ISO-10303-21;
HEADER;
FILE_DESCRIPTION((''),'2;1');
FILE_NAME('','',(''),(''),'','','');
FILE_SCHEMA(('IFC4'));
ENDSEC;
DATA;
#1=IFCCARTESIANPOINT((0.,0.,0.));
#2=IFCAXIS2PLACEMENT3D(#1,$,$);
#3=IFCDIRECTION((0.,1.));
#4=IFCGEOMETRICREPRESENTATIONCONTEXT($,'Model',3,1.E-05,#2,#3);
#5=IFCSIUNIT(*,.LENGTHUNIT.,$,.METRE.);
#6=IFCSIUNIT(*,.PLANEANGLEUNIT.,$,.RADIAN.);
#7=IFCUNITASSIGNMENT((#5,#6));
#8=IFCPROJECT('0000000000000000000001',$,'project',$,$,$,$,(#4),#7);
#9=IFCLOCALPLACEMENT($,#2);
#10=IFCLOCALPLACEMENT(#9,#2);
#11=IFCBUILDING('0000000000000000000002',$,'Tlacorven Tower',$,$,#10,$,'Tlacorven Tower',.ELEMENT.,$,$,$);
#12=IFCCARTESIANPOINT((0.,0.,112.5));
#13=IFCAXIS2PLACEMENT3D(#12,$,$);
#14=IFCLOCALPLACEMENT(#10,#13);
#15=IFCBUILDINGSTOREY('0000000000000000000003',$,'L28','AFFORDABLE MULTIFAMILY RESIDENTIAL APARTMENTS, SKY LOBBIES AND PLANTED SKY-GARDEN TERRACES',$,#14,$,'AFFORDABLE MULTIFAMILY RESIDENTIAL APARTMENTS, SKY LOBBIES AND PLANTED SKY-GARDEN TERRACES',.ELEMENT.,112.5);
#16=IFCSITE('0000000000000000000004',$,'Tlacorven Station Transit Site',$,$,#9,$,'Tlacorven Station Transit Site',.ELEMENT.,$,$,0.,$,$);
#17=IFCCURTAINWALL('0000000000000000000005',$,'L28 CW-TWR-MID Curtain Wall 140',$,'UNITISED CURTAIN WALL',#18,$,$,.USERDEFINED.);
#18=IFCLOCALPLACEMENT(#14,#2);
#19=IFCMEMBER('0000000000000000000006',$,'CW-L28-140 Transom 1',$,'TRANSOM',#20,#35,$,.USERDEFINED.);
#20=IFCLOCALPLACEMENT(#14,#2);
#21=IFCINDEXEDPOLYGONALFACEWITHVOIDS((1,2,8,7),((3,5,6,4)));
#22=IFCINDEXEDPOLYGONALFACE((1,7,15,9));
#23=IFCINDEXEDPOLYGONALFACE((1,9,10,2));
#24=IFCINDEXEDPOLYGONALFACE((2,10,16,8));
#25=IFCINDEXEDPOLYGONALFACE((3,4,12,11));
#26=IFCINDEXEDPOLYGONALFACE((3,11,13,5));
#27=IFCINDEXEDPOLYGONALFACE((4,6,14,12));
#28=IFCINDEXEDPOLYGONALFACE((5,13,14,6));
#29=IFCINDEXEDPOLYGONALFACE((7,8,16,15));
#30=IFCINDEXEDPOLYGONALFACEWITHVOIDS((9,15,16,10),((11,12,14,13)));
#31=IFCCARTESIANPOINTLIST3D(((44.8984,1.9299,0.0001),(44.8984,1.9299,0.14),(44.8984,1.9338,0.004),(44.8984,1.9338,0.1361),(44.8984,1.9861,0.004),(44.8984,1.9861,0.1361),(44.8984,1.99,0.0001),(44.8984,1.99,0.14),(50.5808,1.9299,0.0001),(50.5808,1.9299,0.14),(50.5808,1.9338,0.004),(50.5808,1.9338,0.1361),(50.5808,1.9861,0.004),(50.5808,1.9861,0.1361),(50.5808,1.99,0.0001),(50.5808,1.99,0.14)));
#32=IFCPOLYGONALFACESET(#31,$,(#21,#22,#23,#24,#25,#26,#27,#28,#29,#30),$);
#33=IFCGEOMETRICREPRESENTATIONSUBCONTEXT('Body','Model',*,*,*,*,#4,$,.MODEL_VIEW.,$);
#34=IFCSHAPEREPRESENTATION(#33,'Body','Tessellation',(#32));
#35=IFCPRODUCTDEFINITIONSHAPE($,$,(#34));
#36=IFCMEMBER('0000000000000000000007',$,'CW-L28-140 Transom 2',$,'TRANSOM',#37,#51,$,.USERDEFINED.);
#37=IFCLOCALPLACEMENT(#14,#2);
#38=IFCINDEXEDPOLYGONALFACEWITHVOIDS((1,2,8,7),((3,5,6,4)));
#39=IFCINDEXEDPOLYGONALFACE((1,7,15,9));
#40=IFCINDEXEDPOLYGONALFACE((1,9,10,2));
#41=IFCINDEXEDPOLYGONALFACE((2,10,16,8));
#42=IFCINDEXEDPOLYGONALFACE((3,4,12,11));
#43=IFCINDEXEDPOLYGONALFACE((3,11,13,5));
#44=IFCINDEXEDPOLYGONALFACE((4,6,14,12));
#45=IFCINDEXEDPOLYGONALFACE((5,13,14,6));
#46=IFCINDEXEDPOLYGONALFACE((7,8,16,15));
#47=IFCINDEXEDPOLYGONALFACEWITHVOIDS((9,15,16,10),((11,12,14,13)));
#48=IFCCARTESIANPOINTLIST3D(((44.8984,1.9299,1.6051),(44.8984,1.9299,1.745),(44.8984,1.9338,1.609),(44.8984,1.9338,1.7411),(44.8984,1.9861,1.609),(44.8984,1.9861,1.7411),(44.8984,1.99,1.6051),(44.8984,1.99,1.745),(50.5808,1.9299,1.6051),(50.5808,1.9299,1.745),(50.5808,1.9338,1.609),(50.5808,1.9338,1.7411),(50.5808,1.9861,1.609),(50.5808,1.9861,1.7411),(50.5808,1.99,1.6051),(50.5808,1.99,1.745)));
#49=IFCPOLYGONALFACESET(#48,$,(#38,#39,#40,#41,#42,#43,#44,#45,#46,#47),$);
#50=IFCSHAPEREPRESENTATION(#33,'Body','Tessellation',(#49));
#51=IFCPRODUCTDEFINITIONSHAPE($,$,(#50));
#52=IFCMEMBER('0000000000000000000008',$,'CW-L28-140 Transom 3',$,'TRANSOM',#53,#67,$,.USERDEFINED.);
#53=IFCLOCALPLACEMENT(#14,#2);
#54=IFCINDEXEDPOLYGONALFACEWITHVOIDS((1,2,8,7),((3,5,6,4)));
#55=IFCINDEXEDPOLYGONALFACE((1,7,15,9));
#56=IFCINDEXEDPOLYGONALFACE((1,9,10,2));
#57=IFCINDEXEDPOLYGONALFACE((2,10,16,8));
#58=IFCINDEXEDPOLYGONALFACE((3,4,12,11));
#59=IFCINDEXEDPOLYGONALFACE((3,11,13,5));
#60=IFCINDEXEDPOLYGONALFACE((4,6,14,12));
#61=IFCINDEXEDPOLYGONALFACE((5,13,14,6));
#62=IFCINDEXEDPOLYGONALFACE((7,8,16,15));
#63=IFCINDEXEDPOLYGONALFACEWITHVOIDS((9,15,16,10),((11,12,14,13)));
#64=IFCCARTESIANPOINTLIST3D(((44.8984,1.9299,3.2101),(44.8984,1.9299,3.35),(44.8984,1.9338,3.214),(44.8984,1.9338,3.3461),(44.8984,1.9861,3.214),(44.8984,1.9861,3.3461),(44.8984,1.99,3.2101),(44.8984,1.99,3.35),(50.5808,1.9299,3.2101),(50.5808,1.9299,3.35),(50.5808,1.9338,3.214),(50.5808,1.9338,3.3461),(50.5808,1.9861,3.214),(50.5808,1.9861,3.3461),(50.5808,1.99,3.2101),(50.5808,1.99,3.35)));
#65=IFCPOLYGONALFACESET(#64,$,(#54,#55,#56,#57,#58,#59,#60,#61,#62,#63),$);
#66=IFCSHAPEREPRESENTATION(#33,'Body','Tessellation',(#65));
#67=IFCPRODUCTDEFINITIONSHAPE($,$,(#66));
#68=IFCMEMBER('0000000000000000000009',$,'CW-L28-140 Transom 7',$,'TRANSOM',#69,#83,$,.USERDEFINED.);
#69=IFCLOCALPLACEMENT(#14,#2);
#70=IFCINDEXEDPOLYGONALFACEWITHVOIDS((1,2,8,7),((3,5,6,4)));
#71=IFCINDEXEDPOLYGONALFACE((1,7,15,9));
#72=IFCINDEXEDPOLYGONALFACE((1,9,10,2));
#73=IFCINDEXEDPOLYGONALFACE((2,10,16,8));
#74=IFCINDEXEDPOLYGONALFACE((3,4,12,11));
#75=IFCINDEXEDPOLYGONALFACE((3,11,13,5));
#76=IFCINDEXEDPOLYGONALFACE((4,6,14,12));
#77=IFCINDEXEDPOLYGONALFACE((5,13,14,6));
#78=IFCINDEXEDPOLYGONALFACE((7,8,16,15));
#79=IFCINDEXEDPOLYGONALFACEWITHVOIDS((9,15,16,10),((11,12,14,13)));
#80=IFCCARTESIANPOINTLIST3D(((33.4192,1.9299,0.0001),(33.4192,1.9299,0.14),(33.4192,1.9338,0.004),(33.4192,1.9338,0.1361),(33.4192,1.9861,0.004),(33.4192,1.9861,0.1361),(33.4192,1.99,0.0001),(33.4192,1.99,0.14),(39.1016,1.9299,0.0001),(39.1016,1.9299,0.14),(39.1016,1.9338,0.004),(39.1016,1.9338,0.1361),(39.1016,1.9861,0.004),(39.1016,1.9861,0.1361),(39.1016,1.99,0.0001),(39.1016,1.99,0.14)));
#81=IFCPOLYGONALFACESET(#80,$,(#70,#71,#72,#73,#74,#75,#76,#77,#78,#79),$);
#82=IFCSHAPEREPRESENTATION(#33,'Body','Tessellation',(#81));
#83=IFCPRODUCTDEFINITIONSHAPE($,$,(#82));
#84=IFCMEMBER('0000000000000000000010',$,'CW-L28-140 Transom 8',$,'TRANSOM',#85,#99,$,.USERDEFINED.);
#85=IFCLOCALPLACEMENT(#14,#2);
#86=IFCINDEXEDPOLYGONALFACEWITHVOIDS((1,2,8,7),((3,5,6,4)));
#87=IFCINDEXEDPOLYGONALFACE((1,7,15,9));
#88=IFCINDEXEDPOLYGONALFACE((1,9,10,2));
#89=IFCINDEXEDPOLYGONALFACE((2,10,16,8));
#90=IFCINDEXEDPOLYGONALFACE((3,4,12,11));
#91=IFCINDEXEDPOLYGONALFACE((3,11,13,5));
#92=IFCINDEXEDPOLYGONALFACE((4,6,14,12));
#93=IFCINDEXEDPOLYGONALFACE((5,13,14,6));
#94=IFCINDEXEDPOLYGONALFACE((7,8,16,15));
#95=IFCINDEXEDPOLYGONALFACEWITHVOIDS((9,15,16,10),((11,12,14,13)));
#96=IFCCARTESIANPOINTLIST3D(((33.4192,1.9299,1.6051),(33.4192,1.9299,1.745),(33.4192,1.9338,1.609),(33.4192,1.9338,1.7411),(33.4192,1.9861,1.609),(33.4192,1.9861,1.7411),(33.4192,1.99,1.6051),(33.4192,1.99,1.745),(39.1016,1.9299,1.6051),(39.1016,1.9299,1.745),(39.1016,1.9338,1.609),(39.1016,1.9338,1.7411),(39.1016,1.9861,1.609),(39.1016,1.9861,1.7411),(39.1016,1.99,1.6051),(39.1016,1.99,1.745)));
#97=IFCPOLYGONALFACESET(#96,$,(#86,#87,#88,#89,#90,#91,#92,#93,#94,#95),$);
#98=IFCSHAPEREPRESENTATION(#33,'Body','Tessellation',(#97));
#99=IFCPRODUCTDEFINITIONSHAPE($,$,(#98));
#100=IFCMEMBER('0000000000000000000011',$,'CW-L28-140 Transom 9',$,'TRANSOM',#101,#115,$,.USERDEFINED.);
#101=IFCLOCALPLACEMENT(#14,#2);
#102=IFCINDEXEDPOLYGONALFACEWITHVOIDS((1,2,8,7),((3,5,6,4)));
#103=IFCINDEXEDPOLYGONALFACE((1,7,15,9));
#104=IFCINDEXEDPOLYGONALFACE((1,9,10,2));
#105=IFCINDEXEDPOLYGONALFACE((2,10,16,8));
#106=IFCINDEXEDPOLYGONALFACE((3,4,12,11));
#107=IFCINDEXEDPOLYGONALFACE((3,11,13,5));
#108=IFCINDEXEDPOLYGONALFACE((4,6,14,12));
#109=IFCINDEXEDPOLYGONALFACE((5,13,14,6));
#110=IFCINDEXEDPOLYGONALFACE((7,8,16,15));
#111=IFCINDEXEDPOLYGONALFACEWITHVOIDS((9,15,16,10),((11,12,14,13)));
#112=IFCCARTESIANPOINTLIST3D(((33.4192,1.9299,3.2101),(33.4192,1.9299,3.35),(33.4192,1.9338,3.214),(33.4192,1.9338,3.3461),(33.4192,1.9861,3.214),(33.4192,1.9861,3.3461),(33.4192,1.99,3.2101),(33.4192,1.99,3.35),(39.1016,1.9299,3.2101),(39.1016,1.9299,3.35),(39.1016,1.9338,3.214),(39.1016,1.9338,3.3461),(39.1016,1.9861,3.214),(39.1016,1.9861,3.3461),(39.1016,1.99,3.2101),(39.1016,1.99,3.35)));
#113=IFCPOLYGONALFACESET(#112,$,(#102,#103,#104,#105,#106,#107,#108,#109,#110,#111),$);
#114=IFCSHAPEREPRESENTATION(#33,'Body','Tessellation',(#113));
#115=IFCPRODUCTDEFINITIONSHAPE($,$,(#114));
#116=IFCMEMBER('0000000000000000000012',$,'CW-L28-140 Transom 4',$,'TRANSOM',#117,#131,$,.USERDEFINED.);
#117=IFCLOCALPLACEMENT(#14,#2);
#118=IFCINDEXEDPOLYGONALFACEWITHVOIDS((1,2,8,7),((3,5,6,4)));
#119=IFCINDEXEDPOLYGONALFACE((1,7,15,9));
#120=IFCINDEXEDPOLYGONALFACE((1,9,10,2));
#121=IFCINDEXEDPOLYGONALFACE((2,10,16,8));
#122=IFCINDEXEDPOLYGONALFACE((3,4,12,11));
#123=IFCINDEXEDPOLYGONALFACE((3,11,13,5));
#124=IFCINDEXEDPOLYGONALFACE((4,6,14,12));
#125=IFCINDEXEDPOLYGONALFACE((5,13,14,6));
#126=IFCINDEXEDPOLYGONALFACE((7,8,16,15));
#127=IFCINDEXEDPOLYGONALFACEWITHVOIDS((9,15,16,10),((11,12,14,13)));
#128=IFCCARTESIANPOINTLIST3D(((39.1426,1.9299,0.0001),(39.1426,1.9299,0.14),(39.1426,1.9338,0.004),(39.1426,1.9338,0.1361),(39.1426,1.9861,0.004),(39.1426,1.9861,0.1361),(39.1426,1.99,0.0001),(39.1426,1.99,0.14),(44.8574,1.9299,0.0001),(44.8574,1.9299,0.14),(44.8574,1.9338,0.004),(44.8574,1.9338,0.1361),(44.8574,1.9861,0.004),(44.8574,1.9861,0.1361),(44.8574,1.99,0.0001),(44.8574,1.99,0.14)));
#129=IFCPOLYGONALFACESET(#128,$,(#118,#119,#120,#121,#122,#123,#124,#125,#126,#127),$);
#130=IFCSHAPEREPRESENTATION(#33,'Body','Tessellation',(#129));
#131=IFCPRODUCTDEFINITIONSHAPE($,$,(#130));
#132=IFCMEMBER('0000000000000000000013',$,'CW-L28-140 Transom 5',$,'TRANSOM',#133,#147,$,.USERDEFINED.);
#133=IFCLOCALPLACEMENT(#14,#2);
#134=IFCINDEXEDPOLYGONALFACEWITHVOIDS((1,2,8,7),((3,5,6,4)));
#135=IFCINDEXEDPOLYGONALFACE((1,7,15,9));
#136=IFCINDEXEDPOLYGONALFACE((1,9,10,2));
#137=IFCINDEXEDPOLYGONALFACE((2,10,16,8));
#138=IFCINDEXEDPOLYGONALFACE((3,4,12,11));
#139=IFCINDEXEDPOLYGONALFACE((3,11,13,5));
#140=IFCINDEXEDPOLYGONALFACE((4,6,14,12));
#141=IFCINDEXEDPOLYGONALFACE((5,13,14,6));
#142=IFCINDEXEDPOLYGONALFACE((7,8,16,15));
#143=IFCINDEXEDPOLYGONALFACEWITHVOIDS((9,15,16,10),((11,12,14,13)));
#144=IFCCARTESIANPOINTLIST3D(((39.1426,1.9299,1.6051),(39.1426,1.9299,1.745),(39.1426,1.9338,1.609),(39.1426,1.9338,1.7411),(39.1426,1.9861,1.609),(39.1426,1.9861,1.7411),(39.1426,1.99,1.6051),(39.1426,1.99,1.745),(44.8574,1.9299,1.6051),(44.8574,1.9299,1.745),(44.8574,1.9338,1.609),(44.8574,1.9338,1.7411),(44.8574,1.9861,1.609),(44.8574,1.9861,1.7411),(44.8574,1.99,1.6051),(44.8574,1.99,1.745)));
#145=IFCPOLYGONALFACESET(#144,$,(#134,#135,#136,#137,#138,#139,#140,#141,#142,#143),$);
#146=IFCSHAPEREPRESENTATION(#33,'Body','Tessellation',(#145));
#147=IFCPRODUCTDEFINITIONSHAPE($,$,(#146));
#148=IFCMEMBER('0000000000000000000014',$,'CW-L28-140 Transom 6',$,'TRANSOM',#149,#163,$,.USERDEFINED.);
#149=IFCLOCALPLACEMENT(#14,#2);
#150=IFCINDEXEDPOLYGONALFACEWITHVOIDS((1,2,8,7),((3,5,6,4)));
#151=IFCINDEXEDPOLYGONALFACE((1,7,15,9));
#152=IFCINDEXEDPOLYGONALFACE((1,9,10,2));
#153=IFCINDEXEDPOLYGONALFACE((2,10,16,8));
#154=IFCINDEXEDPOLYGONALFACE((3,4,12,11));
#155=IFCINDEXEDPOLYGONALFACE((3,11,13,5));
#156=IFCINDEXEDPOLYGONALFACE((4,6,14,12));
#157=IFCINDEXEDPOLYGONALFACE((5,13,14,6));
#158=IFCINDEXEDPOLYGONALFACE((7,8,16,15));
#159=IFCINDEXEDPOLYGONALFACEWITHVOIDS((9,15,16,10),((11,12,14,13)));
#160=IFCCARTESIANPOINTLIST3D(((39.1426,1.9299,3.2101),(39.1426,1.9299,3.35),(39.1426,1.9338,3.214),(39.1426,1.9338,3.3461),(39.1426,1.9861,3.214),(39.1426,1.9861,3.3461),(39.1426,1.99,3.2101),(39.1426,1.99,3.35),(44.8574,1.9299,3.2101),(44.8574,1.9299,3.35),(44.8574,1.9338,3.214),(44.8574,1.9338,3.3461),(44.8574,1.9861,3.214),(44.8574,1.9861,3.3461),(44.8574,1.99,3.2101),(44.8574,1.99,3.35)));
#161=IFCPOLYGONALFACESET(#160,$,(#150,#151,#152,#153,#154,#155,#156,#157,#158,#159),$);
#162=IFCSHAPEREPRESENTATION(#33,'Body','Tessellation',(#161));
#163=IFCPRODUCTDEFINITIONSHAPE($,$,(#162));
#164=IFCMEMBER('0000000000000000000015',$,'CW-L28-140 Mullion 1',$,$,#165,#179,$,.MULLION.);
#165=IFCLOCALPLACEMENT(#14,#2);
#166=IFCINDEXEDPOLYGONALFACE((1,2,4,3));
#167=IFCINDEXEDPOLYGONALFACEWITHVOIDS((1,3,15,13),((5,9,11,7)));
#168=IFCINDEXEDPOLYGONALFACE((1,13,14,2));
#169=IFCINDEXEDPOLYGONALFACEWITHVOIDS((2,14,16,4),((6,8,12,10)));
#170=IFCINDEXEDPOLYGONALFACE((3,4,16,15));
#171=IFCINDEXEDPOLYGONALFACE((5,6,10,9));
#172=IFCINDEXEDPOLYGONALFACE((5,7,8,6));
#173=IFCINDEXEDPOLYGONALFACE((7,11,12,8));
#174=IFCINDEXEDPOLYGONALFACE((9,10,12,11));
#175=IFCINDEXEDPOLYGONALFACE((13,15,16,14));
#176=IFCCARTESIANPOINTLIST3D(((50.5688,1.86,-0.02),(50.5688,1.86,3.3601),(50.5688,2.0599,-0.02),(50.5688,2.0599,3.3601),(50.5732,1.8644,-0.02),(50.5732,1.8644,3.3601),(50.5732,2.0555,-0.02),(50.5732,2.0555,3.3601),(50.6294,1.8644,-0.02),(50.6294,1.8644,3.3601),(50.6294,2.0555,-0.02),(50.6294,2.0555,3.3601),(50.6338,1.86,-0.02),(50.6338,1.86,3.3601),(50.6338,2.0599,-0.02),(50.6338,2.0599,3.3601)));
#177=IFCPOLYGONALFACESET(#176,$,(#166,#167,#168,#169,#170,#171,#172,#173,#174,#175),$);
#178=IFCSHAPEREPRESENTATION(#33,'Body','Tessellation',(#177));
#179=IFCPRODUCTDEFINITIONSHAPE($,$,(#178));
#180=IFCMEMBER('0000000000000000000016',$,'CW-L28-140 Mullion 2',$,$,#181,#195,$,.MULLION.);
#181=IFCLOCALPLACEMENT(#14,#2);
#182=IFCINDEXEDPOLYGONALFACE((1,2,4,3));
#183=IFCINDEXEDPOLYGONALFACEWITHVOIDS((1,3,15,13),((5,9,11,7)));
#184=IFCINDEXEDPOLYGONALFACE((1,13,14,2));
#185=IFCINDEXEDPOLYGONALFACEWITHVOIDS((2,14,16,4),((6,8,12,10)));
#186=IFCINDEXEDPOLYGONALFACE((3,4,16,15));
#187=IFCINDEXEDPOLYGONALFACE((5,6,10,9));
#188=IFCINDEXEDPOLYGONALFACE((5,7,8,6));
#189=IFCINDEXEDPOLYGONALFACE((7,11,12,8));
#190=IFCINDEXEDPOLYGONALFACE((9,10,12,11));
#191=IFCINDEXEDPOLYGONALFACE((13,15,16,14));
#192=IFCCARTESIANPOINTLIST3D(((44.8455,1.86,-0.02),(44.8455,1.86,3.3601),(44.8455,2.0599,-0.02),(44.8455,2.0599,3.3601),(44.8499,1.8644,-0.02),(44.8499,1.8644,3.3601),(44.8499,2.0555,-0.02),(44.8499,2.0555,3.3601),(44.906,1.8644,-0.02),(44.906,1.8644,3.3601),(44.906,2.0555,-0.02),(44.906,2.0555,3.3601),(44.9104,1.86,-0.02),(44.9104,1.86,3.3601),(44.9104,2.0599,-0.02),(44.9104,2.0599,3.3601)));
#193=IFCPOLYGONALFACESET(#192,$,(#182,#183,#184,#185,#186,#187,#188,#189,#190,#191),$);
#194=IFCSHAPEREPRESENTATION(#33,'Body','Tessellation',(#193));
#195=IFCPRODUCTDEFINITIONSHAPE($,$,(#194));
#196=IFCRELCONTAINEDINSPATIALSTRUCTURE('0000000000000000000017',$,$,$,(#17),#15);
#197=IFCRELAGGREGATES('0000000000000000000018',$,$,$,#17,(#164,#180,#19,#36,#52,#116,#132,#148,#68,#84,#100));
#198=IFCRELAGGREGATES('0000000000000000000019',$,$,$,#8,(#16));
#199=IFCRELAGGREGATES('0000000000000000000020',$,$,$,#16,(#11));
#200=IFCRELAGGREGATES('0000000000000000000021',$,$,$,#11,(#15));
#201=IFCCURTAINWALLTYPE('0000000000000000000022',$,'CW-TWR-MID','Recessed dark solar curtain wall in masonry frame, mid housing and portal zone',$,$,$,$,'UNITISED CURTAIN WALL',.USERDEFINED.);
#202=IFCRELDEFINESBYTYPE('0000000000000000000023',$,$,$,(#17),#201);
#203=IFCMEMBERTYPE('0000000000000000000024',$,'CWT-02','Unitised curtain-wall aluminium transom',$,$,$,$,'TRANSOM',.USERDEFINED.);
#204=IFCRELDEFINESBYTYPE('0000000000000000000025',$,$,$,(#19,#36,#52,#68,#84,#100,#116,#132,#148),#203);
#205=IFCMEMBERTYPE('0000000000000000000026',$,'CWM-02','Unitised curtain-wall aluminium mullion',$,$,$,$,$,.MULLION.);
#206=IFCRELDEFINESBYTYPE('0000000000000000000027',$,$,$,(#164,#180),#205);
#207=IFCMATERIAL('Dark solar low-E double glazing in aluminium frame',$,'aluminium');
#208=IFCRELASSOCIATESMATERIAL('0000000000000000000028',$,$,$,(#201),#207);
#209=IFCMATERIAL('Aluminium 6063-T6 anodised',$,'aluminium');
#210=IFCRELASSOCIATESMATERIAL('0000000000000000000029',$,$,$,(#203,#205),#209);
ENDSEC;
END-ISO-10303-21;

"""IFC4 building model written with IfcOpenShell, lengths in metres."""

from ifc_helpers import new_model, si_unit, direction, frame, origin, origin_2d, place, context, subcontext, project, spatial, hollow_rectangle, extrude, source, transform, mapped, material, material_profile, profile_set, type_object, element, aggregate, save


model = new_model("IFC4")

# Units and contexts
model_context = context("Model", 3, precision=1e-05, world=origin(), true_north=direction((0.0, 1.0)))
body_context = subcontext(model_context, "Body", "Model", "MODEL_VIEW")
ifc_project = project(units=[si_unit("LENGTHUNIT", "METRE"), si_unit("PLANEANGLEUNIT", "RADIAN")], contexts=[model_context])

# Site, building, storey
site_placement = place(None, origin())
site = spatial("IfcSite", under=ifc_project, at=site_placement, Name="Tlacorven Station Transit Site", LongName="Tlacorven Station Transit Site", CompositionType="ELEMENT", RefElevation=0.0)
building_placement = place(site_placement, origin())
building = spatial("IfcBuilding", under=site, at=building_placement, Name="Tlacorven Tower", LongName="Tlacorven Tower", CompositionType="ELEMENT")
storey_placement = place(building_placement, frame((0.0, 0.0, 112.5)))
storey = spatial("IfcBuildingStorey", under=building, at=storey_placement, Name="L28", Description="AFFORDABLE MULTIFAMILY RESIDENTIAL APARTMENTS, SKY LOBBIES AND PLANTED SKY-GARDEN TERRACES", LongName="AFFORDABLE MULTIFAMILY RESIDENTIAL APARTMENTS, SKY LOBBIES AND PLANTED SKY-GARDEN TERRACES", CompositionType="ELEMENT", Elevation=112.5)

# Curtain wall, members
ifc_material_1 = material(Name="Dark solar low-E double glazing in aluminium frame", Category="aluminium")
curtain_wall_type = type_object("IfcCurtainWallType", Name="CW-TWR-MID", Description="Recessed dark solar curtain wall in masonry frame, mid housing and portal zone", ElementType="UNITISED CURTAIN WALL", PredefinedType="USERDEFINED", material=ifc_material_1)
curtain_wall_placement = place(storey_placement, origin())
curtain_wall = element("IfcCurtainWall", 1, at=curtain_wall_placement, inside=storey, type_object=curtain_wall_type, Name="L28 CW-TWR-MID Curtain Wall 140", ObjectType="UNITISED CURTAIN WALL", PredefinedType="USERDEFINED")
ifc_material_2 = material(Name="Aluminium 6063-T6 anodised", Category="aluminium")
ifc_material_profile_1 = material_profile(ifc_material_2, hollow_rectangle(XDim=0.0601, YDim=0.1399, WallThickness=0.0039, at=origin_2d()), Name="ALU TRANSOM 60X140")
ifc_profile_set_1 = profile_set([ifc_material_profile_1], Name="Aluminium 6063-T6 anodised")
member_type_1 = type_object("IfcMemberType", Name="CWT-02", Description="Unitised curtain-wall aluminium transom", ElementType="TRANSOM", PredefinedType="USERDEFINED", material=ifc_profile_set_1)
shared_shape_1 = source(origin(), body_context, "Body", "SweptSolid", [
    extrude(hollow_rectangle(XDim=0.0601, YDim=0.1399, WallThickness=0.0039, at=origin_2d()), origin(), (0.0, 0.0, 1.0), 5.6824),
])
member_1_placement = place(storey_placement, frame((50.5808, 1.96, 0.0701), z_axis=(-1.0, 0.0, 0.0), x_axis=(0.0, -1.0, 0.0)))
member_1 = element("IfcMember", 2, at=member_1_placement, type_object=member_type_1, Name="CW-L28-140 Transom 1", ObjectType="TRANSOM", PredefinedType="USERDEFINED", context=body_context, shape_type="MappedRepresentation", body=[
    mapped(shared_shape_1, transform((0.0, 0.0, 0.0), scale=1.0)),
])
member_2_placement = place(storey_placement, frame((50.5808, 1.96, 1.675), z_axis=(-1.0, 0.0, 0.0), x_axis=(0.0, -1.0, 0.0)))
member_2 = element("IfcMember", 3, at=member_2_placement, type_object=member_type_1, Name="CW-L28-140 Transom 2", ObjectType="TRANSOM", PredefinedType="USERDEFINED", context=body_context, shape_type="MappedRepresentation", body=[
    mapped(shared_shape_1, transform((0.0, 0.0, 0.0), scale=1.0)),
])
member_3_placement = place(storey_placement, frame((50.5808, 1.96, 3.28), z_axis=(-1.0, 0.0, 0.0), x_axis=(0.0, -1.0, 0.0)))
member_3 = element("IfcMember", 4, at=member_3_placement, type_object=member_type_1, Name="CW-L28-140 Transom 3", ObjectType="TRANSOM", PredefinedType="USERDEFINED", context=body_context, shape_type="MappedRepresentation", body=[
    mapped(shared_shape_1, transform((0.0, 0.0, 0.0), scale=1.0)),
])
member_4_placement = place(storey_placement, frame((39.1016, 1.96, 0.0701), z_axis=(-1.0, 0.0, 0.0), x_axis=(0.0, -1.0, 0.0)))
member_4 = element("IfcMember", 5, at=member_4_placement, type_object=member_type_1, Name="CW-L28-140 Transom 7", ObjectType="TRANSOM", PredefinedType="USERDEFINED", context=body_context, shape_type="MappedRepresentation", body=[
    mapped(shared_shape_1, transform((0.0, 0.0, 0.0), scale=1.0)),
])
member_5_placement = place(storey_placement, frame((39.1016, 1.96, 1.675), z_axis=(-1.0, 0.0, 0.0), x_axis=(0.0, -1.0, 0.0)))
member_5 = element("IfcMember", 6, at=member_5_placement, type_object=member_type_1, Name="CW-L28-140 Transom 8", ObjectType="TRANSOM", PredefinedType="USERDEFINED", context=body_context, shape_type="MappedRepresentation", body=[
    mapped(shared_shape_1, transform((0.0, 0.0, 0.0), scale=1.0)),
])
member_6_placement = place(storey_placement, frame((39.1016, 1.96, 3.28), z_axis=(-1.0, 0.0, 0.0), x_axis=(0.0, -1.0, 0.0)))
member_6 = element("IfcMember", 7, at=member_6_placement, type_object=member_type_1, Name="CW-L28-140 Transom 9", ObjectType="TRANSOM", PredefinedType="USERDEFINED", context=body_context, shape_type="MappedRepresentation", body=[
    mapped(shared_shape_1, transform((0.0, 0.0, 0.0), scale=1.0)),
])
shared_shape_2 = source(origin(), body_context, "Body", "SweptSolid", [
    extrude(hollow_rectangle(XDim=0.0601, YDim=0.1399, WallThickness=0.0039, at=origin_2d()), origin(), (0.0, 0.0, 1.0), 5.7148),
])
member_7_placement = place(storey_placement, frame((44.8574, 1.96, 0.0701), z_axis=(-1.0, 0.0, 0.0), x_axis=(0.0, -1.0, 0.0)))
member_7 = element("IfcMember", 8, at=member_7_placement, type_object=member_type_1, Name="CW-L28-140 Transom 4", ObjectType="TRANSOM", PredefinedType="USERDEFINED", context=body_context, shape_type="MappedRepresentation", body=[
    mapped(shared_shape_2, transform((0.0, 0.0, 0.0), scale=1.0)),
])
member_8_placement = place(storey_placement, frame((44.8574, 1.96, 1.675), z_axis=(-1.0, 0.0, 0.0), x_axis=(0.0, -1.0, 0.0)))
member_8 = element("IfcMember", 9, at=member_8_placement, type_object=member_type_1, Name="CW-L28-140 Transom 5", ObjectType="TRANSOM", PredefinedType="USERDEFINED", context=body_context, shape_type="MappedRepresentation", body=[
    mapped(shared_shape_2, transform((0.0, 0.0, 0.0), scale=1.0)),
])
member_9_placement = place(storey_placement, frame((44.8574, 1.96, 3.28), z_axis=(-1.0, 0.0, 0.0), x_axis=(0.0, -1.0, 0.0)))
member_9 = element("IfcMember", 10, at=member_9_placement, type_object=member_type_1, Name="CW-L28-140 Transom 6", ObjectType="TRANSOM", PredefinedType="USERDEFINED", context=body_context, shape_type="MappedRepresentation", body=[
    mapped(shared_shape_2, transform((0.0, 0.0, 0.0), scale=1.0)),
])
ifc_material_profile_2 = material_profile(ifc_material_2, hollow_rectangle(XDim=0.0649, YDim=0.2, WallThickness=0.0044, at=origin_2d()), Name="ALU MULLION 65X200")
ifc_profile_set_2 = profile_set([ifc_material_profile_2], Name="Aluminium 6063-T6 anodised")
member_type_2 = type_object("IfcMemberType", Name="CWM-02", Description="Unitised curtain-wall aluminium mullion", PredefinedType="MULLION", material=ifc_profile_set_2)
shared_shape_3 = source(origin(), body_context, "Body", "SweptSolid", [
    extrude(hollow_rectangle(XDim=0.0649, YDim=0.2, WallThickness=0.0044, at=origin_2d()), origin(), (0.0, 0.0, 1.0), 3.3801),
])
member_10_placement = place(storey_placement, frame((50.6013, 1.96, -0.02), z_axis=(0.0, 0.0, 1.0), x_axis=(-1.0, 0.0, 0.0)))
member_10 = element("IfcMember", 11, at=member_10_placement, type_object=member_type_2, Name="CW-L28-140 Mullion 1", PredefinedType="MULLION", context=body_context, shape_type="MappedRepresentation", body=[
    mapped(shared_shape_3, transform((0.0, 0.0, 0.0), scale=1.0)),
])
member_11_placement = place(storey_placement, frame((44.8779, 1.96, -0.02), z_axis=(0.0, 0.0, 1.0), x_axis=(-1.0, 0.0, 0.0)))
member_11 = element("IfcMember", 12, at=member_11_placement, type_object=member_type_2, Name="CW-L28-140 Mullion 2", PredefinedType="MULLION", context=body_context, shape_type="MappedRepresentation", body=[
    mapped(shared_shape_3, transform((0.0, 0.0, 0.0), scale=1.0)),
])
aggregate(curtain_wall, [member_10, member_11, member_1, member_2, member_3, member_7, member_8, member_9, member_4, member_5, member_6])

save(model, "model.ifc")
